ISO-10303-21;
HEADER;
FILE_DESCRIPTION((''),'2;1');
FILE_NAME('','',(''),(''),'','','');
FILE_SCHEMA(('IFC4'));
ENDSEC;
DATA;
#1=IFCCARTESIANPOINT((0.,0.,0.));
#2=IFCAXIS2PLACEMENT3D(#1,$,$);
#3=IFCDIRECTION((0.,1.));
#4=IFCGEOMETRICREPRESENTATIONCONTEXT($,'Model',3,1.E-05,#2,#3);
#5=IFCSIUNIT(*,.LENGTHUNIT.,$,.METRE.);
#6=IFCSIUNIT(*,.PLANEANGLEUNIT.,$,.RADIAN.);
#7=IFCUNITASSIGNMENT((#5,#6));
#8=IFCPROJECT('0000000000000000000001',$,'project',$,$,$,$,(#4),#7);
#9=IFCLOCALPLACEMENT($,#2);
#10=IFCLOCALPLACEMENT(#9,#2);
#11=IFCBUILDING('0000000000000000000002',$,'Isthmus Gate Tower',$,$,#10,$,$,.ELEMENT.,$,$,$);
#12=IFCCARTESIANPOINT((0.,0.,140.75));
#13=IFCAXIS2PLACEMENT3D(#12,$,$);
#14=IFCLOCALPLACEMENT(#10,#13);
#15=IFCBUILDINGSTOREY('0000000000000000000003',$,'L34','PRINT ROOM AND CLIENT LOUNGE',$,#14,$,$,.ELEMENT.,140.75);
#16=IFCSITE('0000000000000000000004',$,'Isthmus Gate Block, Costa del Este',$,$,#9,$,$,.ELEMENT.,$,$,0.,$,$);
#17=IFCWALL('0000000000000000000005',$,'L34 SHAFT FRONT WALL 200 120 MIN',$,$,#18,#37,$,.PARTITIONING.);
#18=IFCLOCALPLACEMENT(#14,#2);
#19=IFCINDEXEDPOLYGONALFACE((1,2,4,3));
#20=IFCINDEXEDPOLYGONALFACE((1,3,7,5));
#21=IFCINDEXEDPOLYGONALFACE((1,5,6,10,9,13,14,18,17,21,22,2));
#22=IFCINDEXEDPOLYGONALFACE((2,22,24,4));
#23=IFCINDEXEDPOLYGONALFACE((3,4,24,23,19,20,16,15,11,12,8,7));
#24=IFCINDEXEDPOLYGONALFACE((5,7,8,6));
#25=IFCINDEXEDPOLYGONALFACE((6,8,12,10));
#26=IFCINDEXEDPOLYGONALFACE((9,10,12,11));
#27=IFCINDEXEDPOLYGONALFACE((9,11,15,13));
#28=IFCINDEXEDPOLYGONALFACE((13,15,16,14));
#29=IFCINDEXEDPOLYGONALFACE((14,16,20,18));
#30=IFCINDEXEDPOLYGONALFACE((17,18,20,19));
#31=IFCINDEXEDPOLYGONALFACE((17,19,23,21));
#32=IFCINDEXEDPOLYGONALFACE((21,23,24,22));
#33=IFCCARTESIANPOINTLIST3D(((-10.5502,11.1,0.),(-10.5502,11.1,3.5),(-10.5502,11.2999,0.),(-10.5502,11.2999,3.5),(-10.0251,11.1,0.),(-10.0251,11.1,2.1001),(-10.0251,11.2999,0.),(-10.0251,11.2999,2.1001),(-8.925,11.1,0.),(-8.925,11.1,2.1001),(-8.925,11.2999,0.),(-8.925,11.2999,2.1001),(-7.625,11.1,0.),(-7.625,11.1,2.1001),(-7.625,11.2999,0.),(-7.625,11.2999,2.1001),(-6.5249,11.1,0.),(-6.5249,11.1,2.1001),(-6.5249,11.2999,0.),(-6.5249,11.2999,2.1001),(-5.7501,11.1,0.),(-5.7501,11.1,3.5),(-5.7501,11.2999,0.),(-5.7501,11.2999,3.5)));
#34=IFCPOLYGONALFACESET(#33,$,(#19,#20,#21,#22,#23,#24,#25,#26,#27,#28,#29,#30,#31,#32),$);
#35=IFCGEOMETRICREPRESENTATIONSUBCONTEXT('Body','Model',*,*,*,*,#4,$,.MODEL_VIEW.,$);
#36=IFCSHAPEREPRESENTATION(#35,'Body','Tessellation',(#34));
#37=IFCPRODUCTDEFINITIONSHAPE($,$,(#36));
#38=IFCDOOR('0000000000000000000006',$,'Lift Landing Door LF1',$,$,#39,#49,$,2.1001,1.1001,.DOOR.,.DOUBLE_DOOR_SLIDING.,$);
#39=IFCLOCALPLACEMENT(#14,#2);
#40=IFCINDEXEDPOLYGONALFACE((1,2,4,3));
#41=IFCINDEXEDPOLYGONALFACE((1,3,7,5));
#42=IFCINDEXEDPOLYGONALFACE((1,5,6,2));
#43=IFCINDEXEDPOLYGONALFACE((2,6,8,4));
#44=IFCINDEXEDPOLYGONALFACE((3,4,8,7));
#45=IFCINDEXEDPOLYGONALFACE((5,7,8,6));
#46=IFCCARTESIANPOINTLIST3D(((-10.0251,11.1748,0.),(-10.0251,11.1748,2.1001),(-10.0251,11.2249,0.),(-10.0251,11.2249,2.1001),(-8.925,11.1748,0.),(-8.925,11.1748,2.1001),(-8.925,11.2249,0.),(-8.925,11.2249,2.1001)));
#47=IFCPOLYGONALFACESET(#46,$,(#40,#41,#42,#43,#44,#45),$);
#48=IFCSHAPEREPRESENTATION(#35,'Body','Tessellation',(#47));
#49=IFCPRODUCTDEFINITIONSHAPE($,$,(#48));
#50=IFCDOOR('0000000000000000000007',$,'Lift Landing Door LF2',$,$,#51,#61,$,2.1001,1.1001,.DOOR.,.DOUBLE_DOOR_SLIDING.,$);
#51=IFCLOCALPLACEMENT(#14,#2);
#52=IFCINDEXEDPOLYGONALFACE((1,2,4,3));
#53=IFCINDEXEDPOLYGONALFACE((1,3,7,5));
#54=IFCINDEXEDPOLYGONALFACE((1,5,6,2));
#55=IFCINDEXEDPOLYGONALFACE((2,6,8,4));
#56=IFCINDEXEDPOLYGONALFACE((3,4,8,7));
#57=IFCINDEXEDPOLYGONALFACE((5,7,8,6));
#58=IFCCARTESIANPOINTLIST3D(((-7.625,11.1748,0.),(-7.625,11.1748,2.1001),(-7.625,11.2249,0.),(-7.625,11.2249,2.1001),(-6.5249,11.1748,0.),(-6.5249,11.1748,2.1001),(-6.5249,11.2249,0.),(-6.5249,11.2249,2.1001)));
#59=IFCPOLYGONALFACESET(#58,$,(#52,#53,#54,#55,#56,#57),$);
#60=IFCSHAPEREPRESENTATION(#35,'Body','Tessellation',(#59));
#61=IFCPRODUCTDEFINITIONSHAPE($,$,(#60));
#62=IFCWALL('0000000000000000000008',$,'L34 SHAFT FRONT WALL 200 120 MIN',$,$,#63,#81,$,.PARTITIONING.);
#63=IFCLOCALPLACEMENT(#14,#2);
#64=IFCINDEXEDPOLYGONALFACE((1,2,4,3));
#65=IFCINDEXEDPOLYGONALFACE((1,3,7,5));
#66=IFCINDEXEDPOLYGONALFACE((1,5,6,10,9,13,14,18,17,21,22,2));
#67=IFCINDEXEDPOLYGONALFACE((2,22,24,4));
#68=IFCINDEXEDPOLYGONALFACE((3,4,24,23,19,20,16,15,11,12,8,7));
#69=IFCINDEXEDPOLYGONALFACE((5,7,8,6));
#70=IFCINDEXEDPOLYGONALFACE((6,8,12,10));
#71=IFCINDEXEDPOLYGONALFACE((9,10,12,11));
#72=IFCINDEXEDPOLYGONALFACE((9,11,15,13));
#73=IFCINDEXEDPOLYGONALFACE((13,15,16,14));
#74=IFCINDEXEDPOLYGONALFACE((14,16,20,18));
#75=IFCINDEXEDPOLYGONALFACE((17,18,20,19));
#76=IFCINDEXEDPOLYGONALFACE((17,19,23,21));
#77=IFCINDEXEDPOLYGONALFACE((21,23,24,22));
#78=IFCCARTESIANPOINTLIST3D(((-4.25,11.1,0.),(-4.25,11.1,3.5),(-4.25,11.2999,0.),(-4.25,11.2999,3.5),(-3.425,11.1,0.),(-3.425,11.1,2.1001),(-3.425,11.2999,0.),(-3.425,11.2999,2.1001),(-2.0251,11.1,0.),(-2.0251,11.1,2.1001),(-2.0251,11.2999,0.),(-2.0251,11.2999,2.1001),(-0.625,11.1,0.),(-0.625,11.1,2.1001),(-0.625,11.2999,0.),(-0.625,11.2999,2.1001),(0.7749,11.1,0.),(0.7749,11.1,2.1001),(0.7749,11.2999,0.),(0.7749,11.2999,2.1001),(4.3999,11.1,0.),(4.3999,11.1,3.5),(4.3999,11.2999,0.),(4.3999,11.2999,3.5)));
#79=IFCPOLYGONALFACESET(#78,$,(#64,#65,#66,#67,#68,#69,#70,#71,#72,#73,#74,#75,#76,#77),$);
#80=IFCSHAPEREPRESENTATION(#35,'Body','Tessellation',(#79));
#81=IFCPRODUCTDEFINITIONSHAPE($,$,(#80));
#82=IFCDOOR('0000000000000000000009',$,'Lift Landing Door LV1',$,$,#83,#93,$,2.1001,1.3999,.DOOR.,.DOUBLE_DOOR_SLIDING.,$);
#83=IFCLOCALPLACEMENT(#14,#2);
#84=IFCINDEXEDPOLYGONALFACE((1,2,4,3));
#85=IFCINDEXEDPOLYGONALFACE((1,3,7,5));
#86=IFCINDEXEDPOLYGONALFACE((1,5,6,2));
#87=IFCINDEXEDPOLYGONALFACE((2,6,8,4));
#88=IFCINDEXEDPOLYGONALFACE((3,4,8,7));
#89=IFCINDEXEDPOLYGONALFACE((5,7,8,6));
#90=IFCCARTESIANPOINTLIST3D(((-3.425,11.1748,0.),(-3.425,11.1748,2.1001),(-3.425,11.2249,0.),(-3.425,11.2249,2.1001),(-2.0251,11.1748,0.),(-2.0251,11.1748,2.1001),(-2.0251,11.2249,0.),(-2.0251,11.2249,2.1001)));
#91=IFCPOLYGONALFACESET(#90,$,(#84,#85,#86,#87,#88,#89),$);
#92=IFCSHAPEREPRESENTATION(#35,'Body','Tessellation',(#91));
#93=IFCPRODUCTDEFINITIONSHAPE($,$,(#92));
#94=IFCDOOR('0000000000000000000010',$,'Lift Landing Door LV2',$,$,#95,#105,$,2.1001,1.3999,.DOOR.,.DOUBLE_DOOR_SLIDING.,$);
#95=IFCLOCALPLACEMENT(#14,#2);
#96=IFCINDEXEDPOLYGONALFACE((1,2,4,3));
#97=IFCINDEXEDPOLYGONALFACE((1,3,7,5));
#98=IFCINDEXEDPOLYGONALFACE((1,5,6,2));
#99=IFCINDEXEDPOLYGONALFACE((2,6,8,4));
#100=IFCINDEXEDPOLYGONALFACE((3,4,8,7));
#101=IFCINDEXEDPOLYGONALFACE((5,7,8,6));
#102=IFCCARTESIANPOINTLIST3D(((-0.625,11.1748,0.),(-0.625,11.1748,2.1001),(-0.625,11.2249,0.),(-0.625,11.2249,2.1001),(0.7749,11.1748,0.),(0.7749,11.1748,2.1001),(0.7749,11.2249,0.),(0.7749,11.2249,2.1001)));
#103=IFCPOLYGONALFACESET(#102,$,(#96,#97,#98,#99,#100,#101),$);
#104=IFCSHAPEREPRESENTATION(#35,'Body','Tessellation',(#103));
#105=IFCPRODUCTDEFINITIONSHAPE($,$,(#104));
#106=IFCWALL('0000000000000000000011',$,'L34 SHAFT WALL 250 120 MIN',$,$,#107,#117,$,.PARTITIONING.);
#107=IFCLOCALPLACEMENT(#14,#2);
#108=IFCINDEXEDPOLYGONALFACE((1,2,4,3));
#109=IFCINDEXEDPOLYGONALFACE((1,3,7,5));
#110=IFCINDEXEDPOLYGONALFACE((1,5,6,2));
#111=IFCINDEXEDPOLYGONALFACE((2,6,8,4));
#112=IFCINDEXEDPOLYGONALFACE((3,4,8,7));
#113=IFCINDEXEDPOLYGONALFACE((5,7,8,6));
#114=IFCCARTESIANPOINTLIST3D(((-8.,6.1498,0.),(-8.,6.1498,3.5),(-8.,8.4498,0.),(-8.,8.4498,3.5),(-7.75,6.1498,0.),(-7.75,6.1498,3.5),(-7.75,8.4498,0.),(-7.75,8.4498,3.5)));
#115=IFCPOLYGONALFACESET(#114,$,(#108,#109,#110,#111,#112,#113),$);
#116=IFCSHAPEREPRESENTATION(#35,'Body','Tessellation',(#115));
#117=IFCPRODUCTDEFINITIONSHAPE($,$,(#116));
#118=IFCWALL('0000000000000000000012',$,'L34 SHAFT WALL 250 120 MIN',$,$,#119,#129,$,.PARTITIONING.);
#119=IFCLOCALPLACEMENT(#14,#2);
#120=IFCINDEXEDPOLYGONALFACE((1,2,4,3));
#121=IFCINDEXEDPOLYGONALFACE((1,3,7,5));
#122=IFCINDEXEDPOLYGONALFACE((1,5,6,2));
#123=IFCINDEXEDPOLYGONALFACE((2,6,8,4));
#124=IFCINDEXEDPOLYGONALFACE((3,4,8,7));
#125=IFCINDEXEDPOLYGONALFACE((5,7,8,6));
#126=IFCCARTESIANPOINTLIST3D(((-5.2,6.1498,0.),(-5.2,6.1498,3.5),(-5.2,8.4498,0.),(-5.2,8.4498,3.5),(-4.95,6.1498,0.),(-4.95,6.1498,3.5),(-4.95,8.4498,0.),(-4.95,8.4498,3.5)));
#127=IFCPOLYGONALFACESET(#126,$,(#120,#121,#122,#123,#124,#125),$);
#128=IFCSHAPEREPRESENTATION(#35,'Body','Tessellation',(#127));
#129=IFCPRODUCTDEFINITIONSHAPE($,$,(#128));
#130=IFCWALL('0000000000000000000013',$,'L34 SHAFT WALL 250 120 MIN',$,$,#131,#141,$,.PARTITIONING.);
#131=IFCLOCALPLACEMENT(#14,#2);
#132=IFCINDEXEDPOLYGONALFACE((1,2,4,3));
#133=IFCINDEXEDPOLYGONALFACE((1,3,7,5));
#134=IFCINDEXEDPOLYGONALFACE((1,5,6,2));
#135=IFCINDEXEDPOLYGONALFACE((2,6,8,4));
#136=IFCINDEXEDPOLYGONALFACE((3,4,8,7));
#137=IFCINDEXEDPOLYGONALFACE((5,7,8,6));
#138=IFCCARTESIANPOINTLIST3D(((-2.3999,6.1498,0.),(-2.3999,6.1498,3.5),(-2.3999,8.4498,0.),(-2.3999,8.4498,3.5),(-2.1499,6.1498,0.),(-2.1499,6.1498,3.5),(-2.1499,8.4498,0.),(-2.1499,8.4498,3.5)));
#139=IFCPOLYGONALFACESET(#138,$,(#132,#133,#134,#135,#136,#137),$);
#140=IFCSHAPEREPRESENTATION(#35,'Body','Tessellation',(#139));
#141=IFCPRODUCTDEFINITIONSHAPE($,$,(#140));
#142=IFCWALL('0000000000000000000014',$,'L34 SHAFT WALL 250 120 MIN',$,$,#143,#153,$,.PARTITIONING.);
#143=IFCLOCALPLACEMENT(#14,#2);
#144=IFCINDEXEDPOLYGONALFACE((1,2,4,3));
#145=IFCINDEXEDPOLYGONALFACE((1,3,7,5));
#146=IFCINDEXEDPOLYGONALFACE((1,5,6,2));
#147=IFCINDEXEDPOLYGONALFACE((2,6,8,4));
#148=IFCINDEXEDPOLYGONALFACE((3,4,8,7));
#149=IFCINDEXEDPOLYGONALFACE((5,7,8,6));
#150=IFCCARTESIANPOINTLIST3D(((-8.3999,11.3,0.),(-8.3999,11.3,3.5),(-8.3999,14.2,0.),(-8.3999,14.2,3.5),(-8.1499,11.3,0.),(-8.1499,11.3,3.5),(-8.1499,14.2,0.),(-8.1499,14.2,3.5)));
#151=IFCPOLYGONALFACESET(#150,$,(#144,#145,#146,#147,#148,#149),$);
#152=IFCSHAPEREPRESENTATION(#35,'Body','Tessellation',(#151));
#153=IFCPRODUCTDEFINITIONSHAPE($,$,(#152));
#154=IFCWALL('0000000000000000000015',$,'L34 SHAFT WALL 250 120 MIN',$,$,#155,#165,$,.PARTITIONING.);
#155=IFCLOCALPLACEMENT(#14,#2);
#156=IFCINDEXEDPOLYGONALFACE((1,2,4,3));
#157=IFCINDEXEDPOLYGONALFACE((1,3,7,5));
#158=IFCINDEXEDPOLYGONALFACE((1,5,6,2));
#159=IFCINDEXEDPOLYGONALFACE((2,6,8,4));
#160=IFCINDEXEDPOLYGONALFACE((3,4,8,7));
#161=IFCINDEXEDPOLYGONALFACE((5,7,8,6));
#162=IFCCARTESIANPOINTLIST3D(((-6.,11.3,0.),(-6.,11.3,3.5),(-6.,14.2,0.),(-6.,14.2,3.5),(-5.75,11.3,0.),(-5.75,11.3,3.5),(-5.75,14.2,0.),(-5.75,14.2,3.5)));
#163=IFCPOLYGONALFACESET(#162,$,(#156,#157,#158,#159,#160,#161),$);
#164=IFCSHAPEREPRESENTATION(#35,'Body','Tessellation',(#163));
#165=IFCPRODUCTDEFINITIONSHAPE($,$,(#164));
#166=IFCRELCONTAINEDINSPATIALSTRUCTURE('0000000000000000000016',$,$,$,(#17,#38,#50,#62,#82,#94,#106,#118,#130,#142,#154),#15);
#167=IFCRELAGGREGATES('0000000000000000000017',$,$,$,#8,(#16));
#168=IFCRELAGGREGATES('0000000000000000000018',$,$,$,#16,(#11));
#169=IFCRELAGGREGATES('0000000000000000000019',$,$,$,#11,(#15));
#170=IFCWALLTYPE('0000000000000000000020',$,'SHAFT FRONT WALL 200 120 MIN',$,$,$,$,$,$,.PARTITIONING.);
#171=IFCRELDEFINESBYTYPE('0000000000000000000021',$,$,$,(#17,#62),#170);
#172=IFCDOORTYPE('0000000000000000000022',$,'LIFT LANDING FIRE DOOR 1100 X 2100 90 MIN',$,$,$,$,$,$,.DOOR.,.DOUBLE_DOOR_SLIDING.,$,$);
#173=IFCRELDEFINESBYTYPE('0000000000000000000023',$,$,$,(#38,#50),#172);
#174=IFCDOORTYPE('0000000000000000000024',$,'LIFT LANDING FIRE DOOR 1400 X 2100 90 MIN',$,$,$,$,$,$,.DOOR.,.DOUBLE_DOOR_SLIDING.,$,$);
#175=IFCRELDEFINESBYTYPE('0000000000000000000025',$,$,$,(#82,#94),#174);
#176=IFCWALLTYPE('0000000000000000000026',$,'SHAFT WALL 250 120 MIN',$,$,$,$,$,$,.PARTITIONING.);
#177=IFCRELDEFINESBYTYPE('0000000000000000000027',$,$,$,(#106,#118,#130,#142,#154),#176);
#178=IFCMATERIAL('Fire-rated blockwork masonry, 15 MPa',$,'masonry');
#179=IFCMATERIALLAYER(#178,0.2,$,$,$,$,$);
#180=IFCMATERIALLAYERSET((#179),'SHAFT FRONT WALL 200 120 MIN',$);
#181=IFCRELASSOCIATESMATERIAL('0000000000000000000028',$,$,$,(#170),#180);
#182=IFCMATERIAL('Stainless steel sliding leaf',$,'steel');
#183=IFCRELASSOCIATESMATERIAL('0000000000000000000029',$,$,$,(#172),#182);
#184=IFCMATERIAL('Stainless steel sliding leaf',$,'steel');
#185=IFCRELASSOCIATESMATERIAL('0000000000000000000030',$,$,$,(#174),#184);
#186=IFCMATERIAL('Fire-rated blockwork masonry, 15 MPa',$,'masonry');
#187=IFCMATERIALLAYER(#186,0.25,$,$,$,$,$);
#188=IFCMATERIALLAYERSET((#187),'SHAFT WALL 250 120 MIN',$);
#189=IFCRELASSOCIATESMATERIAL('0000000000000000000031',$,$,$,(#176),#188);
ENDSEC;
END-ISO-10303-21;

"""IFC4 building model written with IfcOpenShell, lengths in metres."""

from ifc_helpers import new_model, si_unit, direction, frame, frame_2d, origin, place, context, subcontext, project, spatial, rectangle, extrude, material, layer, layer_set, type_object, element, fill, save


model = new_model("IFC4")

# Units and contexts
model_context = context("Model", 3, precision=1e-05, world=origin(), true_north=direction((0.0, 1.0)))
body_context = subcontext(model_context, "Body", "Model", "MODEL_VIEW")
ifc_project = project(units=[si_unit("LENGTHUNIT", "METRE"), si_unit("PLANEANGLEUNIT", "RADIAN")], contexts=[model_context])

# Site, building, storey
site_placement = place(None, origin())
site = spatial("IfcSite", under=ifc_project, at=site_placement, Name="Isthmus Gate Block, Costa del Este", CompositionType="ELEMENT", RefElevation=0.0)
building_placement = place(site_placement, origin())
building = spatial("IfcBuilding", under=site, at=building_placement, Name="Isthmus Gate Tower", CompositionType="ELEMENT")
storey_placement = place(building_placement, frame((0.0, 0.0, 140.75)))
storey = spatial("IfcBuildingStorey", under=building, at=storey_placement, Name="L34", Description="PRINT ROOM AND CLIENT LOUNGE", CompositionType="ELEMENT", Elevation=140.75)

# Walls, openings, doors
ifc_material_1 = material(Name="Fire-rated blockwork masonry, 15 MPa", Category="masonry")
ifc_layer_1 = layer(ifc_material_1, 0.2)
ifc_layer_set_1 = layer_set([ifc_layer_1], Name="SHAFT FRONT WALL 200 120 MIN")
wall_type_1 = type_object("IfcWallType", Name="SHAFT FRONT WALL 200 120 MIN", PredefinedType="PARTITIONING", material=ifc_layer_set_1)
wall_1_placement = place(storey_placement, frame((-10.55, 11.2, 0.0), z_axis=(0.0, 0.0, 1.0), x_axis=(1.0, 0.0, 0.0)))
wall_1 = element("IfcWall", 1, at=wall_1_placement, inside=storey, type_object=wall_type_1, Name="L34 SHAFT FRONT WALL 200 120 MIN", PredefinedType="PARTITIONING", context=body_context, shape_type="SweptSolid", body=[
    extrude(rectangle(XDim=4.8, YDim=0.2, at=frame_2d((2.3999, 0.0))), origin(), (0.0, 0.0, 1.0), 3.5),
])
opening_1_placement = place(wall_1_placement, frame((0.5249, 0.0, 0.0)))
opening_1 = element("IfcOpeningElement", 2, at=opening_1_placement, cuts=wall_1, PredefinedType="OPENING", context=body_context, shape_type="SweptSolid", body=[
    extrude(rectangle(XDim=1.1001, YDim=2.1001, at=frame_2d((0.55, 1.05))), frame((0.0, 0.1099, 0.0), z_axis=(0.0, -1.0, 0.0), x_axis=(1.0, 0.0, 0.0)), (0.0, 0.0, 1.0), 0.22),
])
opening_2_placement = place(wall_1_placement, frame((2.925, 0.0, 0.0)))
opening_2 = element("IfcOpeningElement", 3, at=opening_2_placement, cuts=wall_1, PredefinedType="OPENING", context=body_context, shape_type="SweptSolid", body=[
    extrude(rectangle(XDim=1.1001, YDim=2.1001, at=frame_2d((0.55, 1.05))), frame((0.0, 0.1099, 0.0), z_axis=(0.0, -1.0, 0.0), x_axis=(1.0, 0.0, 0.0)), (0.0, 0.0, 1.0), 0.22),
])
ifc_material_2 = material(Name="Stainless steel sliding leaf", Category="steel")
door_type_1 = type_object("IfcDoorType", Name="LIFT LANDING FIRE DOOR 1100 X 2100 90 MIN", OperationType="DOUBLE_DOOR_SLIDING", PredefinedType="DOOR", material=ifc_material_2)
door_1_placement = place(opening_1_placement, origin())
door_1 = element("IfcDoor", 4, at=door_1_placement, inside=storey, type_object=door_type_1, Name="Lift Landing Door LF1", OperationType="DOUBLE_DOOR_SLIDING", OverallHeight=2.1001, OverallWidth=1.1001, PredefinedType="DOOR", context=body_context, shape_type="SweptSolid", body=[
    extrude(rectangle(XDim=1.1001, YDim=2.1001, at=frame_2d((0.55, 1.05))), frame((0.0, 0.0249, 0.0), z_axis=(0.0, -1.0, 0.0), x_axis=(1.0, 0.0, 0.0)), (0.0, 0.0, 1.0), 0.05),
])
fill(opening_1, door_1)
door_2_placement = place(opening_2_placement, origin())
door_2 = element("IfcDoor", 5, at=door_2_placement, inside=storey, type_object=door_type_1, Name="Lift Landing Door LF2", OperationType="DOUBLE_DOOR_SLIDING", OverallHeight=2.1001, OverallWidth=1.1001, PredefinedType="DOOR", context=body_context, shape_type="SweptSolid", body=[
    extrude(rectangle(XDim=1.1001, YDim=2.1001, at=frame_2d((0.55, 1.05))), frame((0.0, 0.0249, 0.0), z_axis=(0.0, -1.0, 0.0), x_axis=(1.0, 0.0, 0.0)), (0.0, 0.0, 1.0), 0.05),
])
fill(opening_2, door_2)
wall_2_placement = place(storey_placement, frame((-4.25, 11.2, 0.0), z_axis=(0.0, 0.0, 1.0), x_axis=(1.0, 0.0, 0.0)))
wall_2 = element("IfcWall", 6, at=wall_2_placement, inside=storey, type_object=wall_type_1, Name="L34 SHAFT FRONT WALL 200 120 MIN", PredefinedType="PARTITIONING", context=body_context, shape_type="SweptSolid", body=[
    extrude(rectangle(XDim=8.6499, YDim=0.2, at=frame_2d((4.325, 0.0))), origin(), (0.0, 0.0, 1.0), 3.5),
])
opening_3_placement = place(wall_2_placement, frame((0.825, 0.0, 0.0)))
opening_3 = element("IfcOpeningElement", 7, at=opening_3_placement, cuts=wall_2, PredefinedType="OPENING", context=body_context, shape_type="SweptSolid", body=[
    extrude(rectangle(XDim=1.3999, YDim=2.1001, at=frame_2d((0.7, 1.05))), frame((0.0, 0.1099, 0.0), z_axis=(0.0, -1.0, 0.0), x_axis=(1.0, 0.0, 0.0)), (0.0, 0.0, 1.0), 0.22),
])
opening_4_placement = place(wall_2_placement, frame((3.625, 0.0, 0.0)))
opening_4 = element("IfcOpeningElement", 8, at=opening_4_placement, cuts=wall_2, PredefinedType="OPENING", context=body_context, shape_type="SweptSolid", body=[
    extrude(rectangle(XDim=1.3999, YDim=2.1001, at=frame_2d((0.7, 1.05))), frame((0.0, 0.1099, 0.0), z_axis=(0.0, -1.0, 0.0), x_axis=(1.0, 0.0, 0.0)), (0.0, 0.0, 1.0), 0.22),
])
ifc_material_3 = material(Name="Stainless steel sliding leaf", Category="steel")
door_type_2 = type_object("IfcDoorType", Name="LIFT LANDING FIRE DOOR 1400 X 2100 90 MIN", OperationType="DOUBLE_DOOR_SLIDING", PredefinedType="DOOR", material=ifc_material_3)
door_3_placement = place(opening_3_placement, origin())
door_3 = element("IfcDoor", 9, at=door_3_placement, inside=storey, type_object=door_type_2, Name="Lift Landing Door LV1", OperationType="DOUBLE_DOOR_SLIDING", OverallHeight=2.1001, OverallWidth=1.3999, PredefinedType="DOOR", context=body_context, shape_type="SweptSolid", body=[
    extrude(rectangle(XDim=1.3999, YDim=2.1001, at=frame_2d((0.7, 1.05))), frame((0.0, 0.0249, 0.0), z_axis=(0.0, -1.0, 0.0), x_axis=(1.0, 0.0, 0.0)), (0.0, 0.0, 1.0), 0.05),
])
fill(opening_3, door_3)
door_4_placement = place(opening_4_placement, origin())
door_4 = element("IfcDoor", 10, at=door_4_placement, inside=storey, type_object=door_type_2, Name="Lift Landing Door LV2", OperationType="DOUBLE_DOOR_SLIDING", OverallHeight=2.1001, OverallWidth=1.3999, PredefinedType="DOOR", context=body_context, shape_type="SweptSolid", body=[
    extrude(rectangle(XDim=1.3999, YDim=2.1001, at=frame_2d((0.7, 1.05))), frame((0.0, 0.0249, 0.0), z_axis=(0.0, -1.0, 0.0), x_axis=(1.0, 0.0, 0.0)), (0.0, 0.0, 1.0), 0.05),
])
fill(opening_4, door_4)

# Walls
ifc_material_4 = material(Name="Fire-rated blockwork masonry, 15 MPa", Category="masonry")
ifc_layer_2 = layer(ifc_material_4, 0.25)
ifc_layer_set_2 = layer_set([ifc_layer_2], Name="SHAFT WALL 250 120 MIN")
wall_type_2 = type_object("IfcWallType", Name="SHAFT WALL 250 120 MIN", PredefinedType="PARTITIONING", material=ifc_layer_set_2)
for number, where, z_axis, x_axis, name in (
    (11, (-7.875, 6.1499, 0.0), (0.0, 0.0, 1.0), (0.0, 1.0, 0.0), "L34 SHAFT WALL 250 120 MIN"),
    (12, (-5.075, 6.1499, 0.0), (0.0, 0.0, 1.0), (0.0, 1.0, 0.0), "L34 SHAFT WALL 250 120 MIN"),
    (13, (-2.2749, 6.1499, 0.0), (0.0, 0.0, 1.0), (0.0, 1.0, 0.0), "L34 SHAFT WALL 250 120 MIN"),
):
    element("IfcWall", number, at=place(storey_placement, frame(where, z_axis=z_axis, x_axis=x_axis)), inside=storey, type_object=wall_type_2, Name=name, PredefinedType="PARTITIONING", context=body_context, shape_type="SweptSolid", body=[
        extrude(rectangle(XDim=2.3, YDim=0.25, at=frame_2d((1.1499, 0.0))), origin(), (0.0, 0.0, 1.0), 3.5),
    ])
for number, where, z_axis, x_axis, name in (
    (14, (-8.2749, 11.3, 0.0), (0.0, 0.0, 1.0), (0.0, 1.0, 0.0), "L34 SHAFT WALL 250 120 MIN"),
    (15, (-5.875, 11.3, 0.0), (0.0, 0.0, 1.0), (0.0, 1.0, 0.0), "L34 SHAFT WALL 250 120 MIN"),
):
    element("IfcWall", number, at=place(storey_placement, frame(where, z_axis=z_axis, x_axis=x_axis)), inside=storey, type_object=wall_type_2, Name=name, PredefinedType="PARTITIONING", context=body_context, shape_type="SweptSolid", body=[
        extrude(rectangle(XDim=2.8999, YDim=0.25, at=frame_2d((1.45, 0.0))), origin(), (0.0, 0.0, 1.0), 3.5),
    ])

save(model, "model.ifc")
